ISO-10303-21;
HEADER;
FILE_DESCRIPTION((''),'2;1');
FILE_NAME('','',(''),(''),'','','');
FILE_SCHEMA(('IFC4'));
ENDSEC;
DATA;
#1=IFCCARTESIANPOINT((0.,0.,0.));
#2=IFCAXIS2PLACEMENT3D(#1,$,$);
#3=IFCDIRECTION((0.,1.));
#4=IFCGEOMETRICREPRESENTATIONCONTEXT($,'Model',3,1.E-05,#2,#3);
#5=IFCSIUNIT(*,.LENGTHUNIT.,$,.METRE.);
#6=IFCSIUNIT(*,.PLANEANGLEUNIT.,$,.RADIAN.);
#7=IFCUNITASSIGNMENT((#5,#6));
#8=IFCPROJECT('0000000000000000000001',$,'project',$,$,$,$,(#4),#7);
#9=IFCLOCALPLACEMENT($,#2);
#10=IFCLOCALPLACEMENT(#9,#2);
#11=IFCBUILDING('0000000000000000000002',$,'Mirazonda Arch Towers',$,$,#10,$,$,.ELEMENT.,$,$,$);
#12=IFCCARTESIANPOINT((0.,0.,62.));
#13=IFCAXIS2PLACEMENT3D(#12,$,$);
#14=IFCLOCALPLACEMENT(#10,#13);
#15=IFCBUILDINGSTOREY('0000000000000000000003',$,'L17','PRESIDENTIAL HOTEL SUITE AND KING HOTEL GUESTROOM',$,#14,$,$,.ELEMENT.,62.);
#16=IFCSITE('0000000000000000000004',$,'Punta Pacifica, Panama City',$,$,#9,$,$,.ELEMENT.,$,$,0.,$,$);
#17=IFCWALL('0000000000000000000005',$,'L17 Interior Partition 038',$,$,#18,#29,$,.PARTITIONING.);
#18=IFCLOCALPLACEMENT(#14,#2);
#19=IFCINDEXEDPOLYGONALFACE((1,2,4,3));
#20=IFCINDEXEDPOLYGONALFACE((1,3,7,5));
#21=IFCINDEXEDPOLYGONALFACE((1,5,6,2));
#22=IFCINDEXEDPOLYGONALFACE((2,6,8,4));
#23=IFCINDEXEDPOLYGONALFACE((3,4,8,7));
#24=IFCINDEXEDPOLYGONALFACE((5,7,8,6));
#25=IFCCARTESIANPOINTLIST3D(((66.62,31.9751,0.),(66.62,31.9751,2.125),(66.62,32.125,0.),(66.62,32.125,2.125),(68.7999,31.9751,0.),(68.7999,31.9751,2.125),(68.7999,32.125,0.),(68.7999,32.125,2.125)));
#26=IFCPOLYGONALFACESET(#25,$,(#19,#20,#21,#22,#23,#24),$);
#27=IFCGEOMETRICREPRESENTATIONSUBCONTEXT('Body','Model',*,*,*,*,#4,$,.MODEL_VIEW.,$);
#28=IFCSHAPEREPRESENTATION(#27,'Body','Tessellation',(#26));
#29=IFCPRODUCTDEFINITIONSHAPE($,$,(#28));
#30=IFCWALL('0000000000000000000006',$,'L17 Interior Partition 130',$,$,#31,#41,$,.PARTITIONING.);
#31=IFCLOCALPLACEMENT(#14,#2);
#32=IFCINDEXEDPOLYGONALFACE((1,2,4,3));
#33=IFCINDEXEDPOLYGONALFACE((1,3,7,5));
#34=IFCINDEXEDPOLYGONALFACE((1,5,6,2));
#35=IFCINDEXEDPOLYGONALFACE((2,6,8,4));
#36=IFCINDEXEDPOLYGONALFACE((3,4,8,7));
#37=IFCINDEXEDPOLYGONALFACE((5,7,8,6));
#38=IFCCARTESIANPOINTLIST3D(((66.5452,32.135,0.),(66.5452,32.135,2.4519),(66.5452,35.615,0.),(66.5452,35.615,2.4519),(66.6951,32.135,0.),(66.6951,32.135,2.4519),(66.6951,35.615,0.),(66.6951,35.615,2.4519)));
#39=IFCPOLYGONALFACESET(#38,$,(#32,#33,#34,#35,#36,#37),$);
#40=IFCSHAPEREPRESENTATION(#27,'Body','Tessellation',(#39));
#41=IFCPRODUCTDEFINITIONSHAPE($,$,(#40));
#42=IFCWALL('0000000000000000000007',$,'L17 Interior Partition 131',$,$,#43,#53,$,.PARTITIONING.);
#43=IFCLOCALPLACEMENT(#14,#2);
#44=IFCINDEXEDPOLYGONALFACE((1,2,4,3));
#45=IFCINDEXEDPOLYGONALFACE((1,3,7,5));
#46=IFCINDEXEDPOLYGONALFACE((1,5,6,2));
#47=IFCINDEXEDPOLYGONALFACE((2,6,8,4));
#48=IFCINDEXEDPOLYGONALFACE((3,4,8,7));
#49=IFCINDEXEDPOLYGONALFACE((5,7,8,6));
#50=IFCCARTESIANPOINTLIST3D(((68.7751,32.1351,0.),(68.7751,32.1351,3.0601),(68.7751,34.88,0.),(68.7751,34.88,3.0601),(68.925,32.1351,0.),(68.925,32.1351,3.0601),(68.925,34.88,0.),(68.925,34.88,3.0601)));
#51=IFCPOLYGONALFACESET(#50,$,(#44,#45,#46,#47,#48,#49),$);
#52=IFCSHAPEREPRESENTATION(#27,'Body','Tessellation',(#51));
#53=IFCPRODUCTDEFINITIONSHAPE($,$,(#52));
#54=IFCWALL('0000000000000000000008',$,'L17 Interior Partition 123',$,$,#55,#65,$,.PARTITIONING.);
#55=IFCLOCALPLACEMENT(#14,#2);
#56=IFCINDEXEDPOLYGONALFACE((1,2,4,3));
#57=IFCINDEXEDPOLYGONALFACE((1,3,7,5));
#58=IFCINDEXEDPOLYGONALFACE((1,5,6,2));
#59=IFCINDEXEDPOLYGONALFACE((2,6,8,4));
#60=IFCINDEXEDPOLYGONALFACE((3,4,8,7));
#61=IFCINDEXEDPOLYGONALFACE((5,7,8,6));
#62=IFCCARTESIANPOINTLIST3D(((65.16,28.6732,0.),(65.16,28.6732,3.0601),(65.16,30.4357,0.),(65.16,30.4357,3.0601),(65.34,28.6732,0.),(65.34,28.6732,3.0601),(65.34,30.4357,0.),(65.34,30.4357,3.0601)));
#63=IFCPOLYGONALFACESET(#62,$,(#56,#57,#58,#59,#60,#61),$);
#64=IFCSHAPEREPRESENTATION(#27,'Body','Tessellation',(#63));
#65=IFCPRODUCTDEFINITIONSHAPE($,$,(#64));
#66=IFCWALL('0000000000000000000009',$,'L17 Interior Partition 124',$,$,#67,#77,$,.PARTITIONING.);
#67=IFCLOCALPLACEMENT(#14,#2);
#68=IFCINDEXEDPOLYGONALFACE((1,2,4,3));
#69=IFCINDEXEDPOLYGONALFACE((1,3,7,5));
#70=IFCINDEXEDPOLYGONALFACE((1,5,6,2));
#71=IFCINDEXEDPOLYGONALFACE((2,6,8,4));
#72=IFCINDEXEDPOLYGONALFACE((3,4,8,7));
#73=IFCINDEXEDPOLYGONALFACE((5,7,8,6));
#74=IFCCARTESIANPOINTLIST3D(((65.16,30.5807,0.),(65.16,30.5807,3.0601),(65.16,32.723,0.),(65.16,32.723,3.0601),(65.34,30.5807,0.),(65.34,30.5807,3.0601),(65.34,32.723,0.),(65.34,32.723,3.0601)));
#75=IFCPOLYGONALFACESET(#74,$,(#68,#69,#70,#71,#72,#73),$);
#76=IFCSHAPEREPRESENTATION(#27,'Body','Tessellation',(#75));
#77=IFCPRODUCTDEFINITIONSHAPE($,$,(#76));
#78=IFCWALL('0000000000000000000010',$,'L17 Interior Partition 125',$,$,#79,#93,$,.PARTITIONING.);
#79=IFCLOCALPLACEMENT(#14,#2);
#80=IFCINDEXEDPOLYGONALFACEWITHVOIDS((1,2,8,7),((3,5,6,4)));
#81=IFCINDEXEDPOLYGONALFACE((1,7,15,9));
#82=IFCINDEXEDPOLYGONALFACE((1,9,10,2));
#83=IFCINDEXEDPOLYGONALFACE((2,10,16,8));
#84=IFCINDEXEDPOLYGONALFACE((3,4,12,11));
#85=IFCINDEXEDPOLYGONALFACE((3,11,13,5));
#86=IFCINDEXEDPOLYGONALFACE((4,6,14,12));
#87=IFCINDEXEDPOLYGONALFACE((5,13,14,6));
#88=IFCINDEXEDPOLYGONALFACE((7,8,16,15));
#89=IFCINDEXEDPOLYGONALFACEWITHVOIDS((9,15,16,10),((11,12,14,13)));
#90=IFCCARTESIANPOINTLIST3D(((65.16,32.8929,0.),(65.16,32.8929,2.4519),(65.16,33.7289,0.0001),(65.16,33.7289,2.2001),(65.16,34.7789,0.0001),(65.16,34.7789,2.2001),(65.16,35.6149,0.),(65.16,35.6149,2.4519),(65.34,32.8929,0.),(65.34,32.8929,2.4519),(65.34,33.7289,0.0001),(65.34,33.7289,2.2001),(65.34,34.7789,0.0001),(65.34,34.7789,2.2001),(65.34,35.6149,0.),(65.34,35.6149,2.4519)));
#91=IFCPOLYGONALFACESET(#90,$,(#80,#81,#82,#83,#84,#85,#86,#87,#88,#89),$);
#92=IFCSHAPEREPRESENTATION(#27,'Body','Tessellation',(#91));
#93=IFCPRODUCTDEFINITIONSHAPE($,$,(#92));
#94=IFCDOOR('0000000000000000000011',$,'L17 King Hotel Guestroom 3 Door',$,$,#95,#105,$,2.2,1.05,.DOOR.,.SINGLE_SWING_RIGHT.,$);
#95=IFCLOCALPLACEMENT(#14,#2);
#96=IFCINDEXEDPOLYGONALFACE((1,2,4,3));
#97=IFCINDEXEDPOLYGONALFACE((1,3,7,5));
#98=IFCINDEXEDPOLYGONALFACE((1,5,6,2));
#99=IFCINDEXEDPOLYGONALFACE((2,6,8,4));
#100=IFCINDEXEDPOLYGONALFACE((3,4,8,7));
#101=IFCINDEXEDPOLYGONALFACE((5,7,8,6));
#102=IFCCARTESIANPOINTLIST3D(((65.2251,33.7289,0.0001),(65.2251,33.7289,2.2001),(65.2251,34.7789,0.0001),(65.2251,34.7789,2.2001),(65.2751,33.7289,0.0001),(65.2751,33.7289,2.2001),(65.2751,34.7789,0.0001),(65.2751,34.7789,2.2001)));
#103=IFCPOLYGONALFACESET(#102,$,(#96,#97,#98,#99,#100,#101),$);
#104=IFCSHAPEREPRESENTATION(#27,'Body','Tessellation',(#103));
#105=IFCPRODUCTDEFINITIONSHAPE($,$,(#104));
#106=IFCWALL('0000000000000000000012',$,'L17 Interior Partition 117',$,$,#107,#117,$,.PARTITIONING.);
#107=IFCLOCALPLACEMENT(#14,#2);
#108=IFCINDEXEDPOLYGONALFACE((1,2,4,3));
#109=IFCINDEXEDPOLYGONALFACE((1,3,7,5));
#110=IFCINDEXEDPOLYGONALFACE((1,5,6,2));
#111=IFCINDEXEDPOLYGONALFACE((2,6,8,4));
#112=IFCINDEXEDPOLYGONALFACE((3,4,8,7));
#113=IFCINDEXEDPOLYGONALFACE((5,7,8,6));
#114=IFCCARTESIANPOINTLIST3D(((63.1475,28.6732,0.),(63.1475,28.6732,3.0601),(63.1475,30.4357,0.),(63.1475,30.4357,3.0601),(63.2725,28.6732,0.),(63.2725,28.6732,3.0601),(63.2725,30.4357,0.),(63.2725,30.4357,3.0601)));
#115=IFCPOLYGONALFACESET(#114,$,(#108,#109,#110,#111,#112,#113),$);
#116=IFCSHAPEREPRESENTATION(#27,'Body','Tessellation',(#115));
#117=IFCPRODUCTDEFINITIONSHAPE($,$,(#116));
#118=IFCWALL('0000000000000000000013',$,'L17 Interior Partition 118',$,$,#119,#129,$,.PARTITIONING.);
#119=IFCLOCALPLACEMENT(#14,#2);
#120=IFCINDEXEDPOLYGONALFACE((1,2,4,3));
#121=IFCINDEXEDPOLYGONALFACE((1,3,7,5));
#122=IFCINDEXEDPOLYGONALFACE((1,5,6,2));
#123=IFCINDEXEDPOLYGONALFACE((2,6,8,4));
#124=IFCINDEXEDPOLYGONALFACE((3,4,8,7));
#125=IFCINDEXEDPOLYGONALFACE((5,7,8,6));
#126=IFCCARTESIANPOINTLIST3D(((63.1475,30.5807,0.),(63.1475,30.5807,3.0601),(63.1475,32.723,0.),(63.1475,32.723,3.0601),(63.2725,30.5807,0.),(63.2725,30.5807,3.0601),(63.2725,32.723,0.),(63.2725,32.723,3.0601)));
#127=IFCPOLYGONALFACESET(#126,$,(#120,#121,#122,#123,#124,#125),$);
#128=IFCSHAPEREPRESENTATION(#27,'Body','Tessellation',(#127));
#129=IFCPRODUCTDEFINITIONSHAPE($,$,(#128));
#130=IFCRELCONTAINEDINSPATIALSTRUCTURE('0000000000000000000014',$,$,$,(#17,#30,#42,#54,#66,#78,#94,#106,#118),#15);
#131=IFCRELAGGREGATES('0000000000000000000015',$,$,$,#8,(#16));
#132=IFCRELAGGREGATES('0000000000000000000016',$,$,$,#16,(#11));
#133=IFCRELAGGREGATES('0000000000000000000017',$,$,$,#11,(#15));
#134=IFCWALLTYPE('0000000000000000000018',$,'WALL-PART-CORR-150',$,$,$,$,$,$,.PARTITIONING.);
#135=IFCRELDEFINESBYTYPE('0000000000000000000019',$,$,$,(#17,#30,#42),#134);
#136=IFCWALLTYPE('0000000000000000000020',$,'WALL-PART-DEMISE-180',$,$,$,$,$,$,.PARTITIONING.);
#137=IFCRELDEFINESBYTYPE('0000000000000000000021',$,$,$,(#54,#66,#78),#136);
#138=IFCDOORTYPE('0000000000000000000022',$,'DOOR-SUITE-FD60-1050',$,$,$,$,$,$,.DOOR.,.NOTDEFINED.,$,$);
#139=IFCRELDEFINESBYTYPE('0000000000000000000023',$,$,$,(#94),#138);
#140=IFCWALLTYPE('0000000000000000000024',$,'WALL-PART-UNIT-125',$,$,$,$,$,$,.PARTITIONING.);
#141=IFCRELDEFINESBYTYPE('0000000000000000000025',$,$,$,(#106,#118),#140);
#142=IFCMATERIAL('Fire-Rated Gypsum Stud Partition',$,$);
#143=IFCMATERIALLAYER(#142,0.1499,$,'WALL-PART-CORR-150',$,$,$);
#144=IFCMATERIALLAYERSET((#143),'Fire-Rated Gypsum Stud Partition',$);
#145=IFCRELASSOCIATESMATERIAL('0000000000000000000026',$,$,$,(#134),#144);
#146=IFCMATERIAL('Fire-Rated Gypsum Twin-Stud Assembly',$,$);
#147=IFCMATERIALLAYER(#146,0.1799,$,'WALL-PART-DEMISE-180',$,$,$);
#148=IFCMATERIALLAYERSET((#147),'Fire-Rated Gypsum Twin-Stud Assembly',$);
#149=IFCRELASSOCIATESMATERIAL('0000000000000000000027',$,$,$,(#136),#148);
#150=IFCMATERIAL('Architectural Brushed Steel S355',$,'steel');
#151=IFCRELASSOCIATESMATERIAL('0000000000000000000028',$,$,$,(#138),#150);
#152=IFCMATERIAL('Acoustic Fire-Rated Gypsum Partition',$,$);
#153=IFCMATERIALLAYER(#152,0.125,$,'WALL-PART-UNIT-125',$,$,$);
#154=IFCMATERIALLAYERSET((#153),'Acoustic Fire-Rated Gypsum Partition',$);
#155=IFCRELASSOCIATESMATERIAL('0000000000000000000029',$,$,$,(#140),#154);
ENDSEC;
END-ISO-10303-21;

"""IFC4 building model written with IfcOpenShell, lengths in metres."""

from ifc_helpers import new_model, si_unit, direction, frame, frame_2d, origin, place, context, subcontext, project, spatial, rectangle, extrude, material, layer, layer_set, type_object, element, fill, save


model = new_model("IFC4")

# Units and contexts
model_context = context("Model", 3, precision=1e-05, world=origin(), true_north=direction((0.0, 1.0)))
body_context = subcontext(model_context, "Body", "Model", "MODEL_VIEW")
ifc_project = project(units=[si_unit("LENGTHUNIT", "METRE"), si_unit("PLANEANGLEUNIT", "RADIAN")], contexts=[model_context])

# Site, building, storey
site_placement = place(None, origin())
site = spatial("IfcSite", under=ifc_project, at=site_placement, Name="Punta Pacifica, Panama City", CompositionType="ELEMENT", RefElevation=0.0)
building_placement = place(site_placement, origin())
building = spatial("IfcBuilding", under=site, at=building_placement, Name="Mirazonda Arch Towers", CompositionType="ELEMENT")
storey_placement = place(building_placement, frame((0.0, 0.0, 62.0)))
storey = spatial("IfcBuildingStorey", under=building, at=storey_placement, Name="L17", Description="PRESIDENTIAL HOTEL SUITE AND KING HOTEL GUESTROOM", CompositionType="ELEMENT", Elevation=62.0)

# Shared definitions
ifc_material_1 = material(Name="Architectural Brushed Steel S355", Category="steel")
ifc_material_2 = material(Name="Fire-Rated Gypsum Stud Partition")
ifc_layer_1 = layer(ifc_material_2, 0.1499, Name="WALL-PART-CORR-150")
ifc_layer_set_1 = layer_set([ifc_layer_1], Name="Fire-Rated Gypsum Stud Partition")
wall_type_1 = type_object("IfcWallType", Name="WALL-PART-CORR-150", PredefinedType="PARTITIONING", material=ifc_layer_set_1)

# Walls
wall_1_placement = place(storey_placement, frame((66.6201, 32.05, 0.0), z_axis=(0.0, 0.0, 1.0), x_axis=(1.0, 0.0, 0.0)))
element("IfcWall", 1, at=wall_1_placement, inside=storey, type_object=wall_type_1, Name="L17 Interior Partition 038", PredefinedType="PARTITIONING", context=body_context, shape_type="SweptSolid", body=[
    extrude(rectangle(XDim=2.1799, YDim=0.1499, at=frame_2d((1.0898, 0.0))), origin(), (0.0, 0.0, 1.0), 2.125),
])
wall_2_placement = place(storey_placement, frame((66.6201, 32.135, 0.0), z_axis=(0.0, 0.0, 1.0), x_axis=(0.0, 1.0, 0.0)))
element("IfcWall", 2, at=wall_2_placement, inside=storey, type_object=wall_type_1, Name="L17 Interior Partition 130", PredefinedType="PARTITIONING", context=body_context, shape_type="SweptSolid", body=[
    extrude(rectangle(XDim=3.48, YDim=0.1499, at=frame_2d((1.74, 0.0))), origin(), (0.0, 0.0, 1.0), 2.4519),
])
wall_3_placement = place(storey_placement, frame((68.8501, 32.135, 0.0), z_axis=(0.0, 0.0, 1.0), x_axis=(0.0, 1.0, 0.0)))
element("IfcWall", 3, at=wall_3_placement, inside=storey, type_object=wall_type_1, Name="L17 Interior Partition 131", PredefinedType="PARTITIONING", context=body_context, shape_type="SweptSolid", body=[
    extrude(rectangle(XDim=2.7449, YDim=0.1499, at=frame_2d((1.3726, 0.0))), origin(), (0.0, 0.0, 1.0), 3.0601),
])
ifc_material_3 = material(Name="Fire-Rated Gypsum Twin-Stud Assembly")
ifc_layer_2 = layer(ifc_material_3, 0.1799, Name="WALL-PART-DEMISE-180")
ifc_layer_set_2 = layer_set([ifc_layer_2], Name="Fire-Rated Gypsum Twin-Stud Assembly")
wall_type_2 = type_object("IfcWallType", Name="WALL-PART-DEMISE-180", PredefinedType="PARTITIONING", material=ifc_layer_set_2)
wall_4_placement = place(storey_placement, frame((65.25, 28.6731, 0.0), z_axis=(0.0, 0.0, 1.0), x_axis=(0.0, 1.0, 0.0)))
element("IfcWall", 4, at=wall_4_placement, inside=storey, type_object=wall_type_2, Name="L17 Interior Partition 123", PredefinedType="PARTITIONING", context=body_context, shape_type="SweptSolid", body=[
    extrude(rectangle(XDim=1.7625, YDim=0.1799, at=frame_2d((0.8813, 0.0))), origin(), (0.0, 0.0, 1.0), 3.0601),
])
wall_5_placement = place(storey_placement, frame((65.25, 30.5806, 0.0), z_axis=(0.0, 0.0, 1.0), x_axis=(0.0, 1.0, 0.0)))
element("IfcWall", 5, at=wall_5_placement, inside=storey, type_object=wall_type_2, Name="L17 Interior Partition 124", PredefinedType="PARTITIONING", context=body_context, shape_type="SweptSolid", body=[
    extrude(rectangle(XDim=2.1423, YDim=0.1799, at=frame_2d((1.0713, 0.0))), origin(), (0.0, 0.0, 1.0), 3.0601),
])

# Wall, opening, door
wall_6_placement = place(storey_placement, frame((65.25, 32.8931, 0.0), z_axis=(0.0, 0.0, 1.0), x_axis=(0.0, 1.0, 0.0)))
wall_6 = element("IfcWall", 6, at=wall_6_placement, inside=storey, type_object=wall_type_2, Name="L17 Interior Partition 125", PredefinedType="PARTITIONING", context=body_context, shape_type="SweptSolid", body=[
    extrude(rectangle(XDim=2.7219, YDim=0.1799, at=frame_2d((1.3608, 0.0))), origin(), (0.0, 0.0, 1.0), 2.4519),
])
opening_1_placement = place(wall_6_placement, frame((0.8359, 0.0, 0.0)))
opening_1 = element("IfcOpeningElement", 7, at=opening_1_placement, cuts=wall_6, PredefinedType="OPENING", context=body_context, shape_type="SweptSolid", body=[
    extrude(rectangle(XDim=1.05, YDim=2.2, at=frame_2d((0.5249, 1.1001))), frame((0.0, 0.0999, 0.0), z_axis=(0.0, -1.0, 0.0), x_axis=(1.0, 0.0, 0.0)), (0.0, 0.0, 1.0), 0.2),
])
door_type_1 = type_object("IfcDoorType", Name="DOOR-SUITE-FD60-1050", OperationType="NOTDEFINED", PredefinedType="DOOR", material=ifc_material_1)
door_1_placement = place(opening_1_placement, origin())
door_1 = element("IfcDoor", 8, at=door_1_placement, inside=storey, type_object=door_type_1, Name="L17 King Hotel Guestroom 3 Door", OperationType="SINGLE_SWING_RIGHT", OverallHeight=2.2, OverallWidth=1.05, PredefinedType="DOOR", context=body_context, shape_type="SweptSolid", body=[
    extrude(rectangle(XDim=1.05, YDim=2.2, at=frame_2d((0.5249, 1.1001))), frame((0.0, 0.0249, 0.0), z_axis=(0.0, -1.0, 0.0), x_axis=(1.0, 0.0, 0.0)), (0.0, 0.0, 1.0), 0.05),
])
fill(opening_1, door_1)

# Walls
ifc_material_4 = material(Name="Acoustic Fire-Rated Gypsum Partition")
ifc_layer_3 = layer(ifc_material_4, 0.125, Name="WALL-PART-UNIT-125")
ifc_layer_set_3 = layer_set([ifc_layer_3], Name="Acoustic Fire-Rated Gypsum Partition")
wall_type_3 = type_object("IfcWallType", Name="WALL-PART-UNIT-125", PredefinedType="PARTITIONING", material=ifc_layer_set_3)
wall_7_placement = place(storey_placement, frame((63.21, 28.6731, 0.0), z_axis=(0.0, 0.0, 1.0), x_axis=(0.0, 1.0, 0.0)))
element("IfcWall", 9, at=wall_7_placement, inside=storey, type_object=wall_type_3, Name="L17 Interior Partition 117", PredefinedType="PARTITIONING", context=body_context, shape_type="SweptSolid", body=[
    extrude(rectangle(XDim=1.7625, YDim=0.125, at=frame_2d((0.8813, 0.0))), origin(), (0.0, 0.0, 1.0), 3.0601),
])
wall_8_placement = place(storey_placement, frame((63.21, 30.5806, 0.0), z_axis=(0.0, 0.0, 1.0), x_axis=(0.0, 1.0, 0.0)))
element("IfcWall", 10, at=wall_8_placement, inside=storey, type_object=wall_type_3, Name="L17 Interior Partition 118", PredefinedType="PARTITIONING", context=body_context, shape_type="SweptSolid", body=[
    extrude(rectangle(XDim=2.1423, YDim=0.125, at=frame_2d((1.0713, 0.0))), origin(), (0.0, 0.0, 1.0), 3.0601),
])

save(model, "model.ifc")
